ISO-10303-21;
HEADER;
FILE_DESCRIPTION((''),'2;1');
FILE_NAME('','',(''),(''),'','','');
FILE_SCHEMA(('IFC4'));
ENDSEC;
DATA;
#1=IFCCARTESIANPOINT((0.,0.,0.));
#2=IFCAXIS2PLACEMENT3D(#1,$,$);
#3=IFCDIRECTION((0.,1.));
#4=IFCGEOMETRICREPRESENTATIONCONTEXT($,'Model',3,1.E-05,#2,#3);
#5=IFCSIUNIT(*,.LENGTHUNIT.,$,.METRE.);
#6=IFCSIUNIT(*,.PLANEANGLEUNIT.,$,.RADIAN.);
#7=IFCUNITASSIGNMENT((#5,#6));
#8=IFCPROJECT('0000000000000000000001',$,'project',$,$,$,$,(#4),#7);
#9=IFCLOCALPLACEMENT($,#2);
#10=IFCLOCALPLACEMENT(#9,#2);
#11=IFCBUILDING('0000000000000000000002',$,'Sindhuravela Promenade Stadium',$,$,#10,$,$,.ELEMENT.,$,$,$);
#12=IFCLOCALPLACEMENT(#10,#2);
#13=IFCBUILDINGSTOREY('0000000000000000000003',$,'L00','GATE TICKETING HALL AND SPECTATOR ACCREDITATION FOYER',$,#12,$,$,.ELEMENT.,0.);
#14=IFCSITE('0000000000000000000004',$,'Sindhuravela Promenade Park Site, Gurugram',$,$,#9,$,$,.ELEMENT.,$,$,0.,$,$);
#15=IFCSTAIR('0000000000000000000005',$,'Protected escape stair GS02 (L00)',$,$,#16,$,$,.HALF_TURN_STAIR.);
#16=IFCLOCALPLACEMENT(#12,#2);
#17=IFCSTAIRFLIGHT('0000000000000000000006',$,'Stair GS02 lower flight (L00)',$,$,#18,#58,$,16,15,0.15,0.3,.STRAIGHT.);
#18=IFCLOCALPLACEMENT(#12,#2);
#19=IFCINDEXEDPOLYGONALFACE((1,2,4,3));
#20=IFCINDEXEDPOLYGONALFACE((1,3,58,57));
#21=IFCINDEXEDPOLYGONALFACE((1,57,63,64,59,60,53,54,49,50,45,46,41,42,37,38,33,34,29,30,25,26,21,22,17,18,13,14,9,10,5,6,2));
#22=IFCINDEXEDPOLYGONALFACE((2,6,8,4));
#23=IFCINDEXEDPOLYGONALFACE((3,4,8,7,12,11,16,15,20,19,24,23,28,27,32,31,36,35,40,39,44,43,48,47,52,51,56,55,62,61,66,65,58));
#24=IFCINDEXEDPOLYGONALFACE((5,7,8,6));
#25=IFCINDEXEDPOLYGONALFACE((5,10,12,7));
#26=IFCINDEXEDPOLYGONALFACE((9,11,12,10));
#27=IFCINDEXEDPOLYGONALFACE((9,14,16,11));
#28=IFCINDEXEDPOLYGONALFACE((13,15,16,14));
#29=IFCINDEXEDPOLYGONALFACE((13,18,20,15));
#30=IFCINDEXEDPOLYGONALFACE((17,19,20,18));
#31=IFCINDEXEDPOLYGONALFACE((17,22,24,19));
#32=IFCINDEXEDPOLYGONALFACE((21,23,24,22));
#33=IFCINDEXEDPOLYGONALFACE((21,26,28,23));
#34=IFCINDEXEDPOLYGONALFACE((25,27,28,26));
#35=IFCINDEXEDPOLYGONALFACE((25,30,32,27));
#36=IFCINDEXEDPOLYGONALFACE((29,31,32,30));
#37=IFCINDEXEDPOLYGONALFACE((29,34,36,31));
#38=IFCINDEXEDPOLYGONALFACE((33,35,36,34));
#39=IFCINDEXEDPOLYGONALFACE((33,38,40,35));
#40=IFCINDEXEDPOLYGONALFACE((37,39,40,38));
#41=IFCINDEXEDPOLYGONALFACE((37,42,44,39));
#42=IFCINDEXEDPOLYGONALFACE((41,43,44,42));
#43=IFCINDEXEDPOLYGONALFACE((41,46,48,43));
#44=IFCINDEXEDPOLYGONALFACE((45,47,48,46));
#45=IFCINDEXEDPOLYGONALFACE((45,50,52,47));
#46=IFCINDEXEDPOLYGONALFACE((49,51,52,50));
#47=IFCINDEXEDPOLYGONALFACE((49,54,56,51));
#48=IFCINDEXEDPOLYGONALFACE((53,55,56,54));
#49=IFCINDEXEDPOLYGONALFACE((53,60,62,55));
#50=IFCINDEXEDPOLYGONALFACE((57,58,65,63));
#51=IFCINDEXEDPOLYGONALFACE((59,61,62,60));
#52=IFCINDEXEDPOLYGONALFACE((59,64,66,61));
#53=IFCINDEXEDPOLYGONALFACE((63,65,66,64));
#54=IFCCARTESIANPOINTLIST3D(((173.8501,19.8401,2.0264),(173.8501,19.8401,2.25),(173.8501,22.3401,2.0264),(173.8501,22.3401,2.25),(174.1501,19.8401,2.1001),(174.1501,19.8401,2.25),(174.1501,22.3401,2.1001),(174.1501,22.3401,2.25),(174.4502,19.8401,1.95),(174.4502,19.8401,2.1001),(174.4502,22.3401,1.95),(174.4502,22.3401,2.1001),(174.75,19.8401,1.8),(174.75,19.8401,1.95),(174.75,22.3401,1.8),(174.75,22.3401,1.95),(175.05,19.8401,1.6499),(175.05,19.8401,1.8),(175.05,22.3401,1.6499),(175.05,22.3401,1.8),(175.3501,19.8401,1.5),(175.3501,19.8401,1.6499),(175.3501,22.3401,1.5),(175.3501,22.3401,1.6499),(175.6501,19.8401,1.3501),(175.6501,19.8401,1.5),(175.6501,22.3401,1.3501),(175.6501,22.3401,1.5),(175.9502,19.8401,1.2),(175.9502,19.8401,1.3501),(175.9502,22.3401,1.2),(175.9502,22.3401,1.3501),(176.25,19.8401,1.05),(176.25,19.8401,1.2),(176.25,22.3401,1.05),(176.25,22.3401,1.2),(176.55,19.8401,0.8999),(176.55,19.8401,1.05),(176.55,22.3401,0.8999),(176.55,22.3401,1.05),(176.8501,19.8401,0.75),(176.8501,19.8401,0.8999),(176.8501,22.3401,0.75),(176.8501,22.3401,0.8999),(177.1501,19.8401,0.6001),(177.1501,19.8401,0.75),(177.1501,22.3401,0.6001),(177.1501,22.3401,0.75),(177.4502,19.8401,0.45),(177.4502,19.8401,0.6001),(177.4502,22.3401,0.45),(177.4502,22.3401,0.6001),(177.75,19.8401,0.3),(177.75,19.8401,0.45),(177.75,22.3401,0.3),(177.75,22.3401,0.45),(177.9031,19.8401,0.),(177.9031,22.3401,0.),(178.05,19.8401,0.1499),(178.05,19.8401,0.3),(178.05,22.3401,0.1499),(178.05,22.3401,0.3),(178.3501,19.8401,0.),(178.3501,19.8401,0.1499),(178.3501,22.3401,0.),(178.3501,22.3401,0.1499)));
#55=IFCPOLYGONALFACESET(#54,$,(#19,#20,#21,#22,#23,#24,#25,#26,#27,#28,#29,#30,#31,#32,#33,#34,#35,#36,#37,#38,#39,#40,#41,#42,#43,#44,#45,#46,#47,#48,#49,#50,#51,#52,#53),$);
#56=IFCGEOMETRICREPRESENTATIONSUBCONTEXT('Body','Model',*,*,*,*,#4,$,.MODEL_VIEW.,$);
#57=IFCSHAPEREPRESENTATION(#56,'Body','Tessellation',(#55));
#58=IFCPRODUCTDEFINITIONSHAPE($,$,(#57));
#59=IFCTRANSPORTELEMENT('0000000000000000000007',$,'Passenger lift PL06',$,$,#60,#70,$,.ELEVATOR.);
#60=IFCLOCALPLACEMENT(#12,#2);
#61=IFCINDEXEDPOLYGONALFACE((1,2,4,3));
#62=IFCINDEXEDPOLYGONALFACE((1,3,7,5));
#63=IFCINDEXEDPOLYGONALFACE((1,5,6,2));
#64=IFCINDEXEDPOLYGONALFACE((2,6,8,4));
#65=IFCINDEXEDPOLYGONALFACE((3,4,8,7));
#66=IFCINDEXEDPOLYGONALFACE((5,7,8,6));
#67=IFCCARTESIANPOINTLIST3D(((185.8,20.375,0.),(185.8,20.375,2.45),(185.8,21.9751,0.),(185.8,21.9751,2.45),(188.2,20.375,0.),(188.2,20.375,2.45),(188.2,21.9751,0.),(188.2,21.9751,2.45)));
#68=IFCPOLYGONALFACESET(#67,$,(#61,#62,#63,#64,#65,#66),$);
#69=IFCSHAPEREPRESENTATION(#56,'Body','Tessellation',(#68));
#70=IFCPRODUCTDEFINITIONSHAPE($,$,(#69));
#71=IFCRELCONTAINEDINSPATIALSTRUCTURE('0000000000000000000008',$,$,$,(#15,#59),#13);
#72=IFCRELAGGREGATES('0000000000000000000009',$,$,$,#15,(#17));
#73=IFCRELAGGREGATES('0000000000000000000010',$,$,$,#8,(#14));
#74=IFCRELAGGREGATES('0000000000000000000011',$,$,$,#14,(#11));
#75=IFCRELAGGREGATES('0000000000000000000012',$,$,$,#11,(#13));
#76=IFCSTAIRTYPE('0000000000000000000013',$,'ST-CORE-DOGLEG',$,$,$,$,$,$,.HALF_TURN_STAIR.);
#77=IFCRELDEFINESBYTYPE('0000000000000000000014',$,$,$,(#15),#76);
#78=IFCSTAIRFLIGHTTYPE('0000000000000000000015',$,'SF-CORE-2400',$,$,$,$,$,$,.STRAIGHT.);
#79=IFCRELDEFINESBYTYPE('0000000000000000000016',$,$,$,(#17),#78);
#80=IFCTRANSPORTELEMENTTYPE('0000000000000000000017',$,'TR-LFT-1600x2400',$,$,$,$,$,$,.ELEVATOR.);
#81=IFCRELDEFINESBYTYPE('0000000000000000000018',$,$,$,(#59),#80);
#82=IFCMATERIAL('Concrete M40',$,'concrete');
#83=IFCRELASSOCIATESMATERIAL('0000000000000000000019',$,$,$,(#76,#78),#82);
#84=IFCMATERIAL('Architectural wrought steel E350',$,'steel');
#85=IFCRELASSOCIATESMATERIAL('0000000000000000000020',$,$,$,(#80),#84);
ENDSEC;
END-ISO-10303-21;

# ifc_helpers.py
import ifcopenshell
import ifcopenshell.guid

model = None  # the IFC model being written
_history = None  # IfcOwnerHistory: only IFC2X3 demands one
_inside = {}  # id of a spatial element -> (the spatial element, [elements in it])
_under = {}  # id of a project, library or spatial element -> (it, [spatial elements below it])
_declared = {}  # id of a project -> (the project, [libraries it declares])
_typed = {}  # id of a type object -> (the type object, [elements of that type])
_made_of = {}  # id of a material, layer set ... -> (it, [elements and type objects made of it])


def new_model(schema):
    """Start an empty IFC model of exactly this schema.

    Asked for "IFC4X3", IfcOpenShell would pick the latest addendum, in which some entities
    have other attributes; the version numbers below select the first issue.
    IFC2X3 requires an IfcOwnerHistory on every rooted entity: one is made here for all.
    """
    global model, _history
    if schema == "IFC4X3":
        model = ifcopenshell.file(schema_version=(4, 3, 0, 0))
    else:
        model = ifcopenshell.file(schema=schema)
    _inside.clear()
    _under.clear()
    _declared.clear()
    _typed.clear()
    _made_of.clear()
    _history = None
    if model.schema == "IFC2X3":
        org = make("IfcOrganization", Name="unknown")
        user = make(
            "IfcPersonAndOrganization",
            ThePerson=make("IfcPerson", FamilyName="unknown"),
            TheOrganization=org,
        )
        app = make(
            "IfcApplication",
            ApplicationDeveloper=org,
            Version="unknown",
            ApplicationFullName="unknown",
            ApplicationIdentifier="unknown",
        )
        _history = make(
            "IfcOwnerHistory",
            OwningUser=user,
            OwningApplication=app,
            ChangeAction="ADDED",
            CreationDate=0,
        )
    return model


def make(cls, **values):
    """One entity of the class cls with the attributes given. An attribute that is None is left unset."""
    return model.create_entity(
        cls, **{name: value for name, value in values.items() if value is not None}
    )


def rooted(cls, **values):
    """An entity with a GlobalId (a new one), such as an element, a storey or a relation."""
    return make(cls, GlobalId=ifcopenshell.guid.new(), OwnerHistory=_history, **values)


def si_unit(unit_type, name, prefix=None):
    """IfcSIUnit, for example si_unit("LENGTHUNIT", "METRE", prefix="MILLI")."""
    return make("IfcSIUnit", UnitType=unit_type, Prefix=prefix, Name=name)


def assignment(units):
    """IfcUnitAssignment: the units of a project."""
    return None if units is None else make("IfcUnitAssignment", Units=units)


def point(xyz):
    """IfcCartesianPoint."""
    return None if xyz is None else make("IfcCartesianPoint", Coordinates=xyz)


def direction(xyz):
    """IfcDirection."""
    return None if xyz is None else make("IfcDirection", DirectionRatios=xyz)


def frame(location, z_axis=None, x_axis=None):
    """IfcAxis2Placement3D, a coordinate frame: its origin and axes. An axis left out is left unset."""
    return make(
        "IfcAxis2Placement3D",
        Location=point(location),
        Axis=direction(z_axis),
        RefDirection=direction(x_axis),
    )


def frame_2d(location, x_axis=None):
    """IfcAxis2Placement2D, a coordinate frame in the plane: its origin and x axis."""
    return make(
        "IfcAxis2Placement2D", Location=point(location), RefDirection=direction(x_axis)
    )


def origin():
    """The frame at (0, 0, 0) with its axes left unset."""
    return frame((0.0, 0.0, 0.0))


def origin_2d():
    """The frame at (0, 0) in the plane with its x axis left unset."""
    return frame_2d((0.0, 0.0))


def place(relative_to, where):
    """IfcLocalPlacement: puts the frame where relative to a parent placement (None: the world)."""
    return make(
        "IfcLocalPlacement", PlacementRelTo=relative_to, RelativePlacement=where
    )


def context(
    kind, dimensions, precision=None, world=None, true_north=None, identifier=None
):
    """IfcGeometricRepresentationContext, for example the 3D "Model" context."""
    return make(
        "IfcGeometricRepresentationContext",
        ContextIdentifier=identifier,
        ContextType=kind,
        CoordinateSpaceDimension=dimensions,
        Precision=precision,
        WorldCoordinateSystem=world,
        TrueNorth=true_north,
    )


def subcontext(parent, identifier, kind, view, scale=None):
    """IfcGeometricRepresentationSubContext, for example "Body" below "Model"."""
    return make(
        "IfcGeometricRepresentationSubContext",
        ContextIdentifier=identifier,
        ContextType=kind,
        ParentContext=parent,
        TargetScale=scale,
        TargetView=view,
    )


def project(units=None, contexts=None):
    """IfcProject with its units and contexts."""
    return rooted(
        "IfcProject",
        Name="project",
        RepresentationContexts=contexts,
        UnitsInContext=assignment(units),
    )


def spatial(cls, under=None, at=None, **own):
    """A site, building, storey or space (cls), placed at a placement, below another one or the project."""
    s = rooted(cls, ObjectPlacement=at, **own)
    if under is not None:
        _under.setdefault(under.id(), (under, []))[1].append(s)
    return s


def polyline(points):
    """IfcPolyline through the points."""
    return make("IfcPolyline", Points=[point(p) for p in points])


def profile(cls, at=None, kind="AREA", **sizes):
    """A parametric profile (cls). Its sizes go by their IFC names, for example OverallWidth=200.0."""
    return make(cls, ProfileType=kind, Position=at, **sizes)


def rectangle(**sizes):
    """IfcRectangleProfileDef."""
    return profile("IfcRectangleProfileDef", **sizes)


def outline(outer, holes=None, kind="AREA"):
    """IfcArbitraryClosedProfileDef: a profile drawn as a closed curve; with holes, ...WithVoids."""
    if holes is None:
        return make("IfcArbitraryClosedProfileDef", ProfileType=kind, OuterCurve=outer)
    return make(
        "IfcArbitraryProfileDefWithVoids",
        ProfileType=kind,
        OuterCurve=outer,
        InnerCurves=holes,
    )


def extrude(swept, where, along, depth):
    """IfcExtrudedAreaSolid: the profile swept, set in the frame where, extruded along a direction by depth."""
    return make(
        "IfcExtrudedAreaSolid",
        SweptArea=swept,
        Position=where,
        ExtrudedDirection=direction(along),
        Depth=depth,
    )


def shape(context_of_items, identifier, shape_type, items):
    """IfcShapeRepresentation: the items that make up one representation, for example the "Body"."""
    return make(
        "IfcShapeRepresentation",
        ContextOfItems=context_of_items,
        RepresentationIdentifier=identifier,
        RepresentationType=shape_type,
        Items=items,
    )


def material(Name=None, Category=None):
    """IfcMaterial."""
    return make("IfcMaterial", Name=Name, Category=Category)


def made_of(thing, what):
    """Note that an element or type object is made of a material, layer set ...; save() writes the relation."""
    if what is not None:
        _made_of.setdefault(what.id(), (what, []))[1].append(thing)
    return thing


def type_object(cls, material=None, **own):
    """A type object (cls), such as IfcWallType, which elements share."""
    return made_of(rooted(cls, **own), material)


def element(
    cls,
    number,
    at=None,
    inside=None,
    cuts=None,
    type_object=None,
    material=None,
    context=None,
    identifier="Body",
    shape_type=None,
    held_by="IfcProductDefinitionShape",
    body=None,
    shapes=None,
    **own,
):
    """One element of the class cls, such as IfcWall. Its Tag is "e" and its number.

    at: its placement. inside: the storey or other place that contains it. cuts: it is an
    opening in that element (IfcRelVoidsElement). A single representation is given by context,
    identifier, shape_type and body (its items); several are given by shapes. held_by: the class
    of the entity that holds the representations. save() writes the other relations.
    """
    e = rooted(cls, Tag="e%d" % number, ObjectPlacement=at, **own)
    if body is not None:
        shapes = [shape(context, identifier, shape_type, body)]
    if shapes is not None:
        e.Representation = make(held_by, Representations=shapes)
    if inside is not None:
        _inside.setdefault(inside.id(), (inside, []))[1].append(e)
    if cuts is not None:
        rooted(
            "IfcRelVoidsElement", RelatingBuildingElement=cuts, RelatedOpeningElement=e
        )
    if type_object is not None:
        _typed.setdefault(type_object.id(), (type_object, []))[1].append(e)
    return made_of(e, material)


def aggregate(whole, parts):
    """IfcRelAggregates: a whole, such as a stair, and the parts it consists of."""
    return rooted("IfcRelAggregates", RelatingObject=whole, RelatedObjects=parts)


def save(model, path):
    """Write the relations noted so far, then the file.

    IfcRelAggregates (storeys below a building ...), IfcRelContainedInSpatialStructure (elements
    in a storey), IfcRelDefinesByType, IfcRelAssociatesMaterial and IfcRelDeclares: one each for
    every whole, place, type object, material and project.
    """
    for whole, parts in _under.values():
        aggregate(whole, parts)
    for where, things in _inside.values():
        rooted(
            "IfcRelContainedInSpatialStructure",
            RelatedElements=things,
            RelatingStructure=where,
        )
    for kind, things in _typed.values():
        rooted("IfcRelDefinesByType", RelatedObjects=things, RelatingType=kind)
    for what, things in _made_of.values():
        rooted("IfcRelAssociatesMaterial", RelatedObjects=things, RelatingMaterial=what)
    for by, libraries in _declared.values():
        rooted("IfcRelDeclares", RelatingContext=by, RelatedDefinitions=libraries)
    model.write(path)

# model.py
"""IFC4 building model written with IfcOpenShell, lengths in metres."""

from ifc_helpers import new_model, si_unit, direction, frame, origin, origin_2d, place, context, subcontext, project, spatial, polyline, rectangle, outline, extrude, material, type_object, element, aggregate, save


model = new_model("IFC4")

# Units and contexts
model_context = context("Model", 3, precision=1e-05, world=origin(), true_north=direction((0.0, 1.0)))
body_context = subcontext(model_context, "Body", "Model", "MODEL_VIEW")
ifc_project = project(units=[si_unit("LENGTHUNIT", "METRE"), si_unit("PLANEANGLEUNIT", "RADIAN")], contexts=[model_context])

# Site, building, storey
site_placement = place(None, origin())
site = spatial("IfcSite", under=ifc_project, at=site_placement, Name="Sindhuravela Promenade Park Site, Gurugram", CompositionType="ELEMENT", RefElevation=0.0)
building_placement = place(site_placement, origin())
building = spatial("IfcBuilding", under=site, at=building_placement, Name="Sindhuravela Promenade Stadium", CompositionType="ELEMENT")
storey_placement = place(building_placement, origin())
storey = spatial("IfcBuildingStorey", under=building, at=storey_placement, Name="L00", Description="GATE TICKETING HALL AND SPECTATOR ACCREDITATION FOYER", CompositionType="ELEMENT", Elevation=0.0)

# Shared definitions
ifc_material_1 = material(Name="Concrete M40", Category="concrete")

# Shared definitions
ifc_material_2 = material(Name="Architectural wrought steel E350", Category="steel")

# Stair, stair flight
stair_type = type_object("IfcStairType", Name="ST-CORE-DOGLEG", PredefinedType="HALF_TURN_STAIR", material=ifc_material_1)
stair_placement = place(storey_placement, origin())
stair = element("IfcStair", 1, at=stair_placement, inside=storey, type_object=stair_type, Name="Protected escape stair GS02 (L00)", PredefinedType="HALF_TURN_STAIR")
stair_flight_type = type_object("IfcStairFlightType", Name="SF-CORE-2400", PredefinedType="STRAIGHT", material=ifc_material_1)
stair_flight_placement = place(storey_placement, frame((178.3501, 21.0901, 0.0), z_axis=(0.0, 0.0, 1.0), x_axis=(-1.0, 0.0, 0.0)))
stair_flight = element("IfcStairFlight", 2, at=stair_flight_placement, type_object=stair_flight_type, Name="Stair GS02 lower flight (L00)", NumberOfRisers=16, NumberOfTreads=15, PredefinedType="STRAIGHT", RiserHeight=0.15, TreadLength=0.3, context=body_context, shape_type="SweptSolid", body=[
    extrude(outline(polyline([(0.0, 0.0), (0.0, 0.1499), (0.3, 0.1499), (0.3, 0.3), (0.6001, 0.3), (0.6001, 0.45), (0.8999, 0.45), (0.8999, 0.6001), (1.2, 0.6001), (1.2, 0.75), (1.5, 0.75), (1.5, 0.8999), (1.8, 0.8999), (1.8, 1.05), (2.1001, 1.05), (2.1001, 1.2), (2.3999, 1.2), (2.3999, 1.3501), (2.7, 1.3501), (2.7, 1.5), (3.0, 1.5), (3.0, 1.6499), (3.3, 1.6499), (3.3, 1.8), (3.6001, 1.8), (3.6001, 1.95), (3.8999, 1.95), (3.8999, 2.1001), (4.2, 2.1001), (4.2, 2.25), (4.5, 2.25), (4.5, 2.3999), (4.5, 2.0264), (0.447, 0.0), (0.0, 0.0)])), frame((0.0, 1.25, 0.0), z_axis=(0.0, -1.0, 0.0), x_axis=(1.0, 0.0, 0.0)), (0.0, 0.0, 1.0), 2.5),
])
aggregate(stair, [stair_flight])

# Transport element
transport_element_type = type_object("IfcTransportElementType", Name="TR-LFT-1600x2400", PredefinedType="ELEVATOR", material=ifc_material_2)
transport_element_placement = place(storey_placement, frame((187.0, 21.175, 0.0), z_axis=(0.0, 0.0, 1.0), x_axis=(1.0, 0.0, 0.0)))
element("IfcTransportElement", 3, at=transport_element_placement, inside=storey, type_object=transport_element_type, Name="Passenger lift PL06", PredefinedType="ELEVATOR", context=body_context, shape_type="SweptSolid", body=[
    extrude(rectangle(XDim=2.3999, YDim=1.6001, at=origin_2d()), origin(), (0.0, 0.0, 1.0), 2.45),
])

save(model, "model.ifc")
